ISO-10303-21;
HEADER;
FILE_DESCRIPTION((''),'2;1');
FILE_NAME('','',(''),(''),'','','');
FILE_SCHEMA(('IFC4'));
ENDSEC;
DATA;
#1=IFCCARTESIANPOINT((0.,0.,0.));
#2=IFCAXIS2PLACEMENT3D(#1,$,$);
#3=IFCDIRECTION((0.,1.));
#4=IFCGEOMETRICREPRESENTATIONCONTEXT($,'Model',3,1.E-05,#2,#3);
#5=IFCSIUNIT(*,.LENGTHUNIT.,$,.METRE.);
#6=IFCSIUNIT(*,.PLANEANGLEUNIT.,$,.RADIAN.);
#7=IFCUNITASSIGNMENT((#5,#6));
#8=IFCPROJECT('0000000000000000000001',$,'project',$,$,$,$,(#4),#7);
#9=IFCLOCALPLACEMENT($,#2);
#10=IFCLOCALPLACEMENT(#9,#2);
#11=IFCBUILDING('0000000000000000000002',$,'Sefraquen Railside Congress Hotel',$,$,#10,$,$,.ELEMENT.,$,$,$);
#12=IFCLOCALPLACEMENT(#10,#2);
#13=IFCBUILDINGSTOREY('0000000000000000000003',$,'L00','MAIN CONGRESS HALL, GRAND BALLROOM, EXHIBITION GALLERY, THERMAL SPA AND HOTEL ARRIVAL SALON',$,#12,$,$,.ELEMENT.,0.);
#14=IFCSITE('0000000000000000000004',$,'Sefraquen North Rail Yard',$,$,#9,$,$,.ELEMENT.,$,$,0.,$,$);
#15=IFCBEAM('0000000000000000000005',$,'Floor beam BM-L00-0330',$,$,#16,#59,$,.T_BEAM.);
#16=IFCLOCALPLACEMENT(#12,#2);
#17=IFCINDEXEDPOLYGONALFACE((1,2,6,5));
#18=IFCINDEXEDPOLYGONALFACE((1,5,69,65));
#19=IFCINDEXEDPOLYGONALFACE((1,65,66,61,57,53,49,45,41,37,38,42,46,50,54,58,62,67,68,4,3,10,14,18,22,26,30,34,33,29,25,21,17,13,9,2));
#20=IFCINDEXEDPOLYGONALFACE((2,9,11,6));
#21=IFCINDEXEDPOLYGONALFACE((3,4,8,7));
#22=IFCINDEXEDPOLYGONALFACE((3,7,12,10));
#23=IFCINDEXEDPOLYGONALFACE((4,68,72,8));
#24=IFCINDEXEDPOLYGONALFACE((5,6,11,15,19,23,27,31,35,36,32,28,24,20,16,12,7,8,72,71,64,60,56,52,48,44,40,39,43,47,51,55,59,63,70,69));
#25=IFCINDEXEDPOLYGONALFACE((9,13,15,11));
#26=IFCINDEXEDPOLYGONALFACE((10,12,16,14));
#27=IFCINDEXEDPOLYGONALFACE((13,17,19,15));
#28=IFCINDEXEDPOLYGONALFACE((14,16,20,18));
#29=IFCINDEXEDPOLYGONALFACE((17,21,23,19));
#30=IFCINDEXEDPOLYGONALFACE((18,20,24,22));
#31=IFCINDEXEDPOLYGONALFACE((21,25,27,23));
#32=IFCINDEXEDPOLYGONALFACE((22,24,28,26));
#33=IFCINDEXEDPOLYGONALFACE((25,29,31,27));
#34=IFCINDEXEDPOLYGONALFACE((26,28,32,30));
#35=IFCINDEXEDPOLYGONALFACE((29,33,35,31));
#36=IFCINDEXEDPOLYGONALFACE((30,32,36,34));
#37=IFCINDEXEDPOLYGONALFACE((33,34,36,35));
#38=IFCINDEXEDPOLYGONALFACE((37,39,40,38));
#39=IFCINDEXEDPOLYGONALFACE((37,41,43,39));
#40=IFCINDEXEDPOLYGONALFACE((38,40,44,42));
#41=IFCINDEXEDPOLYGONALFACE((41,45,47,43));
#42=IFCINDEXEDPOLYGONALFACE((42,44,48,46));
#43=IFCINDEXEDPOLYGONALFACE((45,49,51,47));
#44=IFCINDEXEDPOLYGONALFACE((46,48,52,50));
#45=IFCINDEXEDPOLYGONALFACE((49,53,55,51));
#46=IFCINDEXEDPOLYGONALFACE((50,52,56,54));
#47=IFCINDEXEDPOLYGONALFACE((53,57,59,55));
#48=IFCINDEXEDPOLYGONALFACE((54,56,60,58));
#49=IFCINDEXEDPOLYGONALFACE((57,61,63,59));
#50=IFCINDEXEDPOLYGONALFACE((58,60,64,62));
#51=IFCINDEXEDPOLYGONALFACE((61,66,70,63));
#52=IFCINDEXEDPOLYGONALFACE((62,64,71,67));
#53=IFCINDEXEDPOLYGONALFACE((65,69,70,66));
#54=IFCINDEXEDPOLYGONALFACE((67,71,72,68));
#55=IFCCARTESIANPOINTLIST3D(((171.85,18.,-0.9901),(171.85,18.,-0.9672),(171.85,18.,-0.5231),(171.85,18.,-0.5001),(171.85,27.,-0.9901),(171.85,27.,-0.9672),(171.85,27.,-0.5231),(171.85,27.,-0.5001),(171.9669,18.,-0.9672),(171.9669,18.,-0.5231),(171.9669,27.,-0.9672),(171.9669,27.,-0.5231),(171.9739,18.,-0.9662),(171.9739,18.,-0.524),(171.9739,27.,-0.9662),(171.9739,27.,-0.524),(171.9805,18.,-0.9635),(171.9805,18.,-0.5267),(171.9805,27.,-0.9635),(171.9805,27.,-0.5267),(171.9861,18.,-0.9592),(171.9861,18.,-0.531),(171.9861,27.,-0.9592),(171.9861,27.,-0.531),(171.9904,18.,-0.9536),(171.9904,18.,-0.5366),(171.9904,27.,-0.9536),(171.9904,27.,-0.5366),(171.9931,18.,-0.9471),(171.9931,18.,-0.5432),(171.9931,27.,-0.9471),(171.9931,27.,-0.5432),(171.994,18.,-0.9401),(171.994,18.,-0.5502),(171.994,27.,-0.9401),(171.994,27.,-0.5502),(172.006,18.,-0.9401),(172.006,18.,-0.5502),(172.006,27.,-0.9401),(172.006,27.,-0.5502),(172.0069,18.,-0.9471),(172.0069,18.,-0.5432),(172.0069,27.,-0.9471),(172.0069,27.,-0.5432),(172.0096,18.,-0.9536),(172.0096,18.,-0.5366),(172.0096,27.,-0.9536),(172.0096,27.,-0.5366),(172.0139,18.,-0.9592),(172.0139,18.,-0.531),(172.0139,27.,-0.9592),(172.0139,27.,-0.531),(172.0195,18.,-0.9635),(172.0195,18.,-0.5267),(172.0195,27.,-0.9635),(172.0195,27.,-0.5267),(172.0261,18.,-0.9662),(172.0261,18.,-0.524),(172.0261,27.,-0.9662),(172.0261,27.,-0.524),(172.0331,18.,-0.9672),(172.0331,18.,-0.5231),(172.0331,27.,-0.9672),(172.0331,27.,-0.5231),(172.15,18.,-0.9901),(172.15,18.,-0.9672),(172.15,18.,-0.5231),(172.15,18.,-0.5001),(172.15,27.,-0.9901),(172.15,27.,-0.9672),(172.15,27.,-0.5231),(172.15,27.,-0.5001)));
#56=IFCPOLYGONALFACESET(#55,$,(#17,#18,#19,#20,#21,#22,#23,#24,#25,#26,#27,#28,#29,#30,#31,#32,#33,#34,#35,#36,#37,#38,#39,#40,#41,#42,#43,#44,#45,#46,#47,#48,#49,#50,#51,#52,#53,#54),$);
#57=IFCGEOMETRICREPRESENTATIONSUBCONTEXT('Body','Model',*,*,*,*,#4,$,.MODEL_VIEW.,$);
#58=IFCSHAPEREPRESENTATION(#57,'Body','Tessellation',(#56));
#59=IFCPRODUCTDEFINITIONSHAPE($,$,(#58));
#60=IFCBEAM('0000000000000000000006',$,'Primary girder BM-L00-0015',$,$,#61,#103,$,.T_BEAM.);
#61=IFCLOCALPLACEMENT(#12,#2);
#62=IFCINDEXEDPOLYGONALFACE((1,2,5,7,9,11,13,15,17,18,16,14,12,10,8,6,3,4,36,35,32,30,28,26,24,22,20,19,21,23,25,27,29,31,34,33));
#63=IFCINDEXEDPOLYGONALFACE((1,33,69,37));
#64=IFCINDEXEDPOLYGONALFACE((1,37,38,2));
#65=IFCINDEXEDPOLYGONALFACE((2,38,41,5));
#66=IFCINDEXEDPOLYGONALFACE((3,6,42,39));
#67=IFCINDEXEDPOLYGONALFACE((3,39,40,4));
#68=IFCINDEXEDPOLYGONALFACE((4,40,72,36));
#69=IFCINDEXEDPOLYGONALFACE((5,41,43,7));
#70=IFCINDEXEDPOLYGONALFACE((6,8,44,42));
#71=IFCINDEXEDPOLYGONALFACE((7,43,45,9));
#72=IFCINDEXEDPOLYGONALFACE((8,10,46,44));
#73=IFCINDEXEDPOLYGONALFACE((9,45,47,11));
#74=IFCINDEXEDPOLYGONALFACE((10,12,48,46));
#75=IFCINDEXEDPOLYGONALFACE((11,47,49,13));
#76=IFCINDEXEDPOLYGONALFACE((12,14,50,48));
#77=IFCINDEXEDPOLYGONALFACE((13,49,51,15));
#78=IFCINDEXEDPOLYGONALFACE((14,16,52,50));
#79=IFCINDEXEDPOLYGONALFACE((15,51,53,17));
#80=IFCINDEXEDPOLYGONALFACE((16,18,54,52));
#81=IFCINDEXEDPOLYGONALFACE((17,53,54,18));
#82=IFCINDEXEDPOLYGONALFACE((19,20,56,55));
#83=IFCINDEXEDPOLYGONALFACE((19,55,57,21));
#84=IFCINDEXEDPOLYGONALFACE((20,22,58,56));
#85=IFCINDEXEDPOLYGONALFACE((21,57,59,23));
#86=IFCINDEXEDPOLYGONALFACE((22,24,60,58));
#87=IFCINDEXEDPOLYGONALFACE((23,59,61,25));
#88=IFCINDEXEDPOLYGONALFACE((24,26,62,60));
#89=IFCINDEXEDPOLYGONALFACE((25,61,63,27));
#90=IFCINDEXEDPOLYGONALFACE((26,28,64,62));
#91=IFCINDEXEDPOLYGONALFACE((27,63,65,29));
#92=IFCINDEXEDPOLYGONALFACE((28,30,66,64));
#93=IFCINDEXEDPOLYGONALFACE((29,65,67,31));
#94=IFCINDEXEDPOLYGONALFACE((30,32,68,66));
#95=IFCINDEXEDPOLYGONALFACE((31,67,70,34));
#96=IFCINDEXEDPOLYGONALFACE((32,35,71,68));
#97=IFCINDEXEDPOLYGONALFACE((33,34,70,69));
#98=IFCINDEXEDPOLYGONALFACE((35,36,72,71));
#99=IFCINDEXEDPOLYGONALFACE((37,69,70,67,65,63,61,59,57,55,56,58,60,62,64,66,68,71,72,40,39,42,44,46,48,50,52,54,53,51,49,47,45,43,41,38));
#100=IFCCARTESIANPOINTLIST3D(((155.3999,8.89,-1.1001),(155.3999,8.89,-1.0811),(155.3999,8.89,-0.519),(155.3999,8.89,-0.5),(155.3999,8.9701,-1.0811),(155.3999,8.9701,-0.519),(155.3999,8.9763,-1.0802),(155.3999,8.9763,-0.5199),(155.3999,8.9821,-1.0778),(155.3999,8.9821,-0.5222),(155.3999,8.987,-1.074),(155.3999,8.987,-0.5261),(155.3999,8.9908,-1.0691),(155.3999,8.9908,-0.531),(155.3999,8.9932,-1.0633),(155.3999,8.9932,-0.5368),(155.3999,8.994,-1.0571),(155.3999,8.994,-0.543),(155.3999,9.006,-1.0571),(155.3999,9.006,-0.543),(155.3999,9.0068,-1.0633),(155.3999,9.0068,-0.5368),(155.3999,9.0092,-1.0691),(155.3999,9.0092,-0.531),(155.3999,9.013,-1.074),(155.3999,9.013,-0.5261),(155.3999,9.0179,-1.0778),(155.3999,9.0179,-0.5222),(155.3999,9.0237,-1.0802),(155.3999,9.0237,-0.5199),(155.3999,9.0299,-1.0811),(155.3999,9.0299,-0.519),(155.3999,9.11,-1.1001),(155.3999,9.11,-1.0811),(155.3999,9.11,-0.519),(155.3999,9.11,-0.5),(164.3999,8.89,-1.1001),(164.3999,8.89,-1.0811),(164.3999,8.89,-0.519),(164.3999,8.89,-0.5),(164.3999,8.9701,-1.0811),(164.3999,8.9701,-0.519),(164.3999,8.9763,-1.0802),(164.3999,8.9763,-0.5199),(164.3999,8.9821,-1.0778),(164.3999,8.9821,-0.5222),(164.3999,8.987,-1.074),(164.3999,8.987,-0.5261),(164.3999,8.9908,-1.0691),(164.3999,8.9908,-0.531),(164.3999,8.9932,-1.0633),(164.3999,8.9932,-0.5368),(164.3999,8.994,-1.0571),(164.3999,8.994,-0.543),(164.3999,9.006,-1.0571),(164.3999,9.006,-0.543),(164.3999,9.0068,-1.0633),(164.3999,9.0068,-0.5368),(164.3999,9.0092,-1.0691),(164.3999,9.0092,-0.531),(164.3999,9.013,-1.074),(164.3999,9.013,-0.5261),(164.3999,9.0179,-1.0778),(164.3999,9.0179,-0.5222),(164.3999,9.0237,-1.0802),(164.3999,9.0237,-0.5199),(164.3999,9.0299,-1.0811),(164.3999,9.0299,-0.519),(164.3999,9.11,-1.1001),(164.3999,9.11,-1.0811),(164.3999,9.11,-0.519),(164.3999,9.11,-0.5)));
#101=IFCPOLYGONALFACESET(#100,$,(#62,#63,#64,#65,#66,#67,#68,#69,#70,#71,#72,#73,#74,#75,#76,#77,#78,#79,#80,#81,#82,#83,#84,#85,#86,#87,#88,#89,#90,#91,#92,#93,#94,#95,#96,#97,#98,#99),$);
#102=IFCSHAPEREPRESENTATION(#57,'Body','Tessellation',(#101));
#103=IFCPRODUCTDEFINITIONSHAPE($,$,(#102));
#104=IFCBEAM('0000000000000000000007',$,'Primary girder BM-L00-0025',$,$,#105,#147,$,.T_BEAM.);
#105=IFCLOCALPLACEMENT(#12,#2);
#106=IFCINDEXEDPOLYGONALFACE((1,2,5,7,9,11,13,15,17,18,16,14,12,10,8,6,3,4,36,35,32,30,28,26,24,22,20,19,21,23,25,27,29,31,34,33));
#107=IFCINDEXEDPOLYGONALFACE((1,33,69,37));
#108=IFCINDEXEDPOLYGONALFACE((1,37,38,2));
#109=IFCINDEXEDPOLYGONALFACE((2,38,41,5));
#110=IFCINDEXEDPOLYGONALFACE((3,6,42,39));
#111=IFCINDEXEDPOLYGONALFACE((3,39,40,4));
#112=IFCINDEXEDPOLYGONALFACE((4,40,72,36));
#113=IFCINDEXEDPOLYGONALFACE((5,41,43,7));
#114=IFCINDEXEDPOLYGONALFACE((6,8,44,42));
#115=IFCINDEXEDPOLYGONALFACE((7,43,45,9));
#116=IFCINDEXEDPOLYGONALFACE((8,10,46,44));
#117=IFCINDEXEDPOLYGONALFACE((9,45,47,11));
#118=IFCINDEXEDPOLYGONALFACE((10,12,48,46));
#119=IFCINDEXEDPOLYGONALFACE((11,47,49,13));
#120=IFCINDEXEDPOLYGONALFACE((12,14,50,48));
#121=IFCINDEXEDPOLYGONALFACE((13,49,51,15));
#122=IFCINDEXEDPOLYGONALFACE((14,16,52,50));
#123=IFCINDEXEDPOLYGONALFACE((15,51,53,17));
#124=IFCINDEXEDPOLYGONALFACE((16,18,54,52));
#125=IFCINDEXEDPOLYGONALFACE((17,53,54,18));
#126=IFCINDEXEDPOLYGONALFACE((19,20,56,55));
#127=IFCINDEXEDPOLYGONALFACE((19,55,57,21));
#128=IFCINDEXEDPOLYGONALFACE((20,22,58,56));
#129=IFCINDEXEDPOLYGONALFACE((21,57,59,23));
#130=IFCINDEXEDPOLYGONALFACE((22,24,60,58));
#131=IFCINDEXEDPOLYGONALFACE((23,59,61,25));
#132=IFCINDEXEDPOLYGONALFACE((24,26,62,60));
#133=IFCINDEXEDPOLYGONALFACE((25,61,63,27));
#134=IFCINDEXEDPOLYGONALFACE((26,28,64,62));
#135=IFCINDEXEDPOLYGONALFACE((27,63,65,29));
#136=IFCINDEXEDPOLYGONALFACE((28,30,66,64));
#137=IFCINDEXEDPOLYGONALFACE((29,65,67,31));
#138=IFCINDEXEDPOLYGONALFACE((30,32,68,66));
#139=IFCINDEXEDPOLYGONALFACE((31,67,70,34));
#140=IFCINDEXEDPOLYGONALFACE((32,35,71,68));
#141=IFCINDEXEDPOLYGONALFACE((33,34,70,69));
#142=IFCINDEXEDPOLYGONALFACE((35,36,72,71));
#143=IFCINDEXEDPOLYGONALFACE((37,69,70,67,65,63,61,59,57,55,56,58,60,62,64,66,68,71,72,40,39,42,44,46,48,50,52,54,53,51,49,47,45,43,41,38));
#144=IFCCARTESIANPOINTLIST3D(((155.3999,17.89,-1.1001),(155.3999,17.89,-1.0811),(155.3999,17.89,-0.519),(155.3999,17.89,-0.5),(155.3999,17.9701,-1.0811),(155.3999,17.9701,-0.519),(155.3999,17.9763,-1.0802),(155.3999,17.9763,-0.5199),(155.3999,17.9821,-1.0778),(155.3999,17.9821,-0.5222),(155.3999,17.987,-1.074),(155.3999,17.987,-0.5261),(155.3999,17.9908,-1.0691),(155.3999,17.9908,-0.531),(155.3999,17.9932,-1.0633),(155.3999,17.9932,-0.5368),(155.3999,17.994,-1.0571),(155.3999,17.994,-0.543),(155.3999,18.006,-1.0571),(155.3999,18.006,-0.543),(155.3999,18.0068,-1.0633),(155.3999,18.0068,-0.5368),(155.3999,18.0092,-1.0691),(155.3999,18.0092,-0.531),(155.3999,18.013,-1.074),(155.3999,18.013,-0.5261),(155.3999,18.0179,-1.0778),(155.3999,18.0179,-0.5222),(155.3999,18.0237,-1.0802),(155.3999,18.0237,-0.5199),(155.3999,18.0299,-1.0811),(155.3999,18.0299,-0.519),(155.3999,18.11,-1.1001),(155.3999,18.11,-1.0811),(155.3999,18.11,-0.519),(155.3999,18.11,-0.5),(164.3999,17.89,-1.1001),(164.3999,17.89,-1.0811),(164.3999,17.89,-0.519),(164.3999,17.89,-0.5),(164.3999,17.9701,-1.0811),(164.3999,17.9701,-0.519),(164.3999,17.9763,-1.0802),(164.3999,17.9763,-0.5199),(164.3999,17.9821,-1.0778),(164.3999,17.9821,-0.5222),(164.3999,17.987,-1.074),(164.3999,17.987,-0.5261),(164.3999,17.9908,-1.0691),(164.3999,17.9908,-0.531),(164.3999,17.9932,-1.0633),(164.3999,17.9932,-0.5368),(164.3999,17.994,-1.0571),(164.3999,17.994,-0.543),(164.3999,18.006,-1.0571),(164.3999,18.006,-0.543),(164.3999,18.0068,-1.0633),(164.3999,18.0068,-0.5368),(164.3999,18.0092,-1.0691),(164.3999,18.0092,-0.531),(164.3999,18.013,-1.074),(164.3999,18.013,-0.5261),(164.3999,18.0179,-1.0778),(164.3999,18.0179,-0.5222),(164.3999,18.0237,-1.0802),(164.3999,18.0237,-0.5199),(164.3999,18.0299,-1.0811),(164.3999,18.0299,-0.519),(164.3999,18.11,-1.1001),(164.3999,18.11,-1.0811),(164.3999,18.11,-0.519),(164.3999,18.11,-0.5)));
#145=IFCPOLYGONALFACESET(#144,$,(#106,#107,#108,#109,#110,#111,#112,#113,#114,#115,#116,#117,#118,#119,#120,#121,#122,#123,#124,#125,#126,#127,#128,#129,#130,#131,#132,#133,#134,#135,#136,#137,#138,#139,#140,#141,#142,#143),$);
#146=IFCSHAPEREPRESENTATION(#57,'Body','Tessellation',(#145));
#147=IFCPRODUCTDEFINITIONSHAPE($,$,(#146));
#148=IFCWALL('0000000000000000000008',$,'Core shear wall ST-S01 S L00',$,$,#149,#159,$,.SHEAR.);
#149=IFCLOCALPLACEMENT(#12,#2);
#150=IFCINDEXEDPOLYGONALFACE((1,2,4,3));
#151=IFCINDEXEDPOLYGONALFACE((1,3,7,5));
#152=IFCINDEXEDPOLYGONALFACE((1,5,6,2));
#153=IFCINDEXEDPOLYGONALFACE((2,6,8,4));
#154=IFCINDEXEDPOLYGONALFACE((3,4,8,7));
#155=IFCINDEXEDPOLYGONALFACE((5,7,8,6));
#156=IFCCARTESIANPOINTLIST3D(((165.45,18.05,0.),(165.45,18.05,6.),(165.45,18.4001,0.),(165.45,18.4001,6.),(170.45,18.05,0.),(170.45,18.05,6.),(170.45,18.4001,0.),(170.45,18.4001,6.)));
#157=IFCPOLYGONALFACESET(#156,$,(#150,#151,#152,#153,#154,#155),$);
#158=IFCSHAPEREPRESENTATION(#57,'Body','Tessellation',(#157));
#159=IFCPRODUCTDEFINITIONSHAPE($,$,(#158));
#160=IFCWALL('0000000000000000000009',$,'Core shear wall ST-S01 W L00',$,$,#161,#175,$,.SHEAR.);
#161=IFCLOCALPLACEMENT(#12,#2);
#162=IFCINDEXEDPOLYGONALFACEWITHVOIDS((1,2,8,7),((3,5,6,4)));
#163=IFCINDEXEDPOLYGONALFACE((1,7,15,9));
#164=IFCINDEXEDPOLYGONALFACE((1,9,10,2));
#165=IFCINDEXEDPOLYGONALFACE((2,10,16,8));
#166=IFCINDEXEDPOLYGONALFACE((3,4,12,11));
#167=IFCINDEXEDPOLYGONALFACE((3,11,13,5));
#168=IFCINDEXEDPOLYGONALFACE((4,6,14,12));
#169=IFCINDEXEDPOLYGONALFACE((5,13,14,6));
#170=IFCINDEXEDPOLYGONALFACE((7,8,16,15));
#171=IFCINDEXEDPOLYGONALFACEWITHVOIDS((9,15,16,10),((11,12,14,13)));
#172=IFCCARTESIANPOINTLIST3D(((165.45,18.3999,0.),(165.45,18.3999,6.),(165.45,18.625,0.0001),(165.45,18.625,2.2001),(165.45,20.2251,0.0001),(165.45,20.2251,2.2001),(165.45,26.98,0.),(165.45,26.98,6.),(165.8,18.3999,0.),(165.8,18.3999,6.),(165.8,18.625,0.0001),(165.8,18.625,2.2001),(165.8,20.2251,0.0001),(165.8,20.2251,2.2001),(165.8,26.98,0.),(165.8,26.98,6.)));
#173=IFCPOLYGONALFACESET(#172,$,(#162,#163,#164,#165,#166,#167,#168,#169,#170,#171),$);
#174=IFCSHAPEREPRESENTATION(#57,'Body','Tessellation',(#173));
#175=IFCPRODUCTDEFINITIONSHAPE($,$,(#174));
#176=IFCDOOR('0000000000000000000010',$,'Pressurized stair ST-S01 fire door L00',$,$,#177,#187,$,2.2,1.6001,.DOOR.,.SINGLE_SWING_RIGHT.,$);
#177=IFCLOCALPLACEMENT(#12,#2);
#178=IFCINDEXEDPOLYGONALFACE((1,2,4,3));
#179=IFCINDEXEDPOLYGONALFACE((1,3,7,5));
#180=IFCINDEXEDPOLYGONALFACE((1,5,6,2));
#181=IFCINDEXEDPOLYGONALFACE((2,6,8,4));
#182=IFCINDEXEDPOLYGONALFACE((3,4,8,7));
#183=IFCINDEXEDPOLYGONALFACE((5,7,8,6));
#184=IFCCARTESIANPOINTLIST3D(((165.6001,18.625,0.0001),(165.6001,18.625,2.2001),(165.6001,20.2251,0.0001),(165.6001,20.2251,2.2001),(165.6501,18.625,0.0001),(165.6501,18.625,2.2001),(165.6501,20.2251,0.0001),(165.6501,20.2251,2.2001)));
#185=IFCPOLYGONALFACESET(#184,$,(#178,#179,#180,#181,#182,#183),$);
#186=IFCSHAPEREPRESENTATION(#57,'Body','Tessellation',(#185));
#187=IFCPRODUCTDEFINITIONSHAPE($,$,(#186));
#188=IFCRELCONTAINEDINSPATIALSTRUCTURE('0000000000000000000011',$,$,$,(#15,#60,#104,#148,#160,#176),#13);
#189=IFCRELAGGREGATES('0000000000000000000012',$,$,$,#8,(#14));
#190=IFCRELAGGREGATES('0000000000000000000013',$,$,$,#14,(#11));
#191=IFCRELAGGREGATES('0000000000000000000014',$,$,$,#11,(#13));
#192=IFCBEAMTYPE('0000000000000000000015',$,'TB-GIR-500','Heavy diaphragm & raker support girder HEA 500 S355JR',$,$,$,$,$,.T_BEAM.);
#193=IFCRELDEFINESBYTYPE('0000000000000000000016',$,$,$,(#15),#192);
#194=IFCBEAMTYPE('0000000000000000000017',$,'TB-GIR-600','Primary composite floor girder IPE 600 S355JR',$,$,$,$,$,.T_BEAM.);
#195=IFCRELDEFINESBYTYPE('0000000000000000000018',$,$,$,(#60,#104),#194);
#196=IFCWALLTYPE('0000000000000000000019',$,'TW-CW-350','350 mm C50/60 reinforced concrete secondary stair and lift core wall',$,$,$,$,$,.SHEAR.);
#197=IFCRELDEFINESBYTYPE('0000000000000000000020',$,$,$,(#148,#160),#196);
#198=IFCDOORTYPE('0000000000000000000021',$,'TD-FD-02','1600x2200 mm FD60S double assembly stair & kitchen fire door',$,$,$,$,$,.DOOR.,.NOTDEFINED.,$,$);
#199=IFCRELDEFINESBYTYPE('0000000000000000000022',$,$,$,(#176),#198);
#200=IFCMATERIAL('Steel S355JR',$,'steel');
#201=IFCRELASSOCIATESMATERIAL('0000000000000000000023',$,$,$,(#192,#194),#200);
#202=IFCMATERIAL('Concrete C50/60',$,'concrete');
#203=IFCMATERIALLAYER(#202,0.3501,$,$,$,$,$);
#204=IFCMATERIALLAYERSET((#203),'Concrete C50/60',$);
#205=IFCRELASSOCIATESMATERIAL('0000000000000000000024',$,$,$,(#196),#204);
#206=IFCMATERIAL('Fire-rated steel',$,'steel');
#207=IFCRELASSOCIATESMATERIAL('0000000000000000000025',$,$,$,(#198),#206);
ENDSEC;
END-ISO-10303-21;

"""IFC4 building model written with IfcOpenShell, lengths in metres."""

from ifc_helpers import new_model, si_unit, direction, frame, frame_2d, origin, origin_2d, place, context, subcontext, project, spatial, rectangle, i_section, extrude, material, layer, layer_set, material_profile, profile_set, type_object, element, fill, save


model = new_model("IFC4")

# Units and contexts
model_context = context("Model", 3, precision=1e-05, world=origin(), true_north=direction((0.0, 1.0)))
body_context = subcontext(model_context, "Body", "Model", "MODEL_VIEW")
ifc_project = project(units=[si_unit("LENGTHUNIT", "METRE"), si_unit("PLANEANGLEUNIT", "RADIAN")], contexts=[model_context])

# Site, building, storey
site_placement = place(None, origin())
site = spatial("IfcSite", under=ifc_project, at=site_placement, Name="Sefraquen North Rail Yard", CompositionType="ELEMENT", RefElevation=0.0)
building_placement = place(site_placement, origin())
building = spatial("IfcBuilding", under=site, at=building_placement, Name="Sefraquen Railside Congress Hotel", CompositionType="ELEMENT")
storey_placement = place(building_placement, origin())
storey = spatial("IfcBuildingStorey", under=building, at=storey_placement, Name="L00", Description="MAIN CONGRESS HALL, GRAND BALLROOM, EXHIBITION GALLERY, THERMAL SPA AND HOTEL ARRIVAL SALON", CompositionType="ELEMENT", Elevation=0.0)

# Shared definitions
ifc_material_1 = material(Name="Steel S355JR", Category="steel")

# Beams
ifc_material_profile_1 = material_profile(ifc_material_1, i_section(OverallWidth=0.3, OverallDepth=0.49, WebThickness=0.012, FlangeThickness=0.0229, FilletRadius=0.0271, at=origin_2d()), Name="HEA 500")
ifc_profile_set_1 = profile_set([ifc_material_profile_1], Name="Steel S355JR")
beam_type_1 = type_object("IfcBeamType", Name="TB-GIR-500", Description="Heavy diaphragm & raker support girder HEA 500 S355JR", PredefinedType="T_BEAM", material=ifc_profile_set_1)
for number, where, z_axis, x_axis, name in (
    (1, (172.0, 18.0, -0.7451), (0.0, 1.0, 0.0), (-1.0, 0.0, 0.0), "Floor beam BM-L00-0330"),
):
    element("IfcBeam", number, at=place(storey_placement, frame(where, z_axis=z_axis, x_axis=x_axis)), inside=storey, type_object=beam_type_1, Name=name, PredefinedType="T_BEAM", context=body_context, shape_type="SweptSolid", body=[
        extrude(i_section(OverallWidth=0.3, OverallDepth=0.49, WebThickness=0.012, FlangeThickness=0.0229, FilletRadius=0.0271, at=origin_2d()), origin(), (0.0, 0.0, 1.0), 9.0),
    ])
ifc_material_profile_2 = material_profile(ifc_material_1, i_section(OverallWidth=0.22, OverallDepth=0.6001, WebThickness=0.012, FlangeThickness=0.019, FilletRadius=0.0239, at=origin_2d()), Name="IPE 600")
ifc_profile_set_2 = profile_set([ifc_material_profile_2], Name="Steel S355JR")
beam_type_2 = type_object("IfcBeamType", Name="TB-GIR-600", Description="Primary composite floor girder IPE 600 S355JR", PredefinedType="T_BEAM", material=ifc_profile_set_2)
for number, where, z_axis, x_axis, name in (
    (2, (155.3999, 9.0, -0.8), (1.0, 0.0, 0.0), (0.0, 1.0, 0.0), "Primary girder BM-L00-0015"),
    (3, (155.3999, 18.0, -0.8), (1.0, 0.0, 0.0), (0.0, 1.0, 0.0), "Primary girder BM-L00-0025"),
):
    element("IfcBeam", number, at=place(storey_placement, frame(where, z_axis=z_axis, x_axis=x_axis)), inside=storey, type_object=beam_type_2, Name=name, PredefinedType="T_BEAM", context=body_context, shape_type="SweptSolid", body=[
        extrude(i_section(OverallWidth=0.22, OverallDepth=0.6001, WebThickness=0.012, FlangeThickness=0.019, FilletRadius=0.0239, at=origin_2d()), origin(), (0.0, 0.0, 1.0), 9.0),
    ])

# Wall
ifc_material_2 = material(Name="Concrete C50/60", Category="concrete")
ifc_layer_1 = layer(ifc_material_2, 0.3501)
ifc_layer_set_1 = layer_set([ifc_layer_1], Name="Concrete C50/60")
wall_type_1 = type_object("IfcWallType", Name="TW-CW-350", Description="350 mm C50/60 reinforced concrete secondary stair and lift core wall", PredefinedType="SHEAR", material=ifc_layer_set_1)
wall_1_placement = place(storey_placement, frame((165.45, 18.2251, 0.0), z_axis=(0.0, 0.0, 1.0), x_axis=(1.0, 0.0, 0.0)))
element("IfcWall", 4, at=wall_1_placement, inside=storey, type_object=wall_type_1, Name="Core shear wall ST-S01 S L00", PredefinedType="SHEAR", context=body_context, shape_type="SweptSolid", body=[
    extrude(rectangle(XDim=5.0, YDim=0.3501, at=frame_2d((2.5, 0.0))), origin(), (0.0, 0.0, 1.0), 6.0),
])

# Wall, opening, door
wall_2_placement = place(storey_placement, frame((165.625, 18.3999, 0.0), z_axis=(0.0, 0.0, 1.0), x_axis=(0.0, 1.0, 0.0)))
wall_2 = element("IfcWall", 5, at=wall_2_placement, inside=storey, type_object=wall_type_1, Name="Core shear wall ST-S01 W L00", PredefinedType="SHEAR", context=body_context, shape_type="SweptSolid", body=[
    extrude(rectangle(XDim=8.5801, YDim=0.3501, at=frame_2d((4.29, 0.0))), origin(), (0.0, 0.0, 1.0), 6.0),
])
opening_1_placement = place(wall_2_placement, frame((0.2251, 0.0, 0.0)))
opening_1 = element("IfcOpeningElement", 6, at=opening_1_placement, cuts=wall_2, PredefinedType="OPENING", context=body_context, shape_type="SweptSolid", body=[
    extrude(rectangle(XDim=1.6001, YDim=2.2, at=frame_2d((0.8, 1.1001))), frame((0.0, 0.1851, 0.0), z_axis=(0.0, -1.0, 0.0), x_axis=(1.0, 0.0, 0.0)), (0.0, 0.0, 1.0), 0.3701),
])
ifc_material_3 = material(Name="Fire-rated steel", Category="steel")
door_type_1 = type_object("IfcDoorType", Name="TD-FD-02", Description="1600x2200 mm FD60S double assembly stair & kitchen fire door", OperationType="NOTDEFINED", PredefinedType="DOOR", material=ifc_material_3)
door_1_placement = place(opening_1_placement, origin())
door_1 = element("IfcDoor", 7, at=door_1_placement, inside=storey, type_object=door_type_1, Name="Pressurized stair ST-S01 fire door L00", OperationType="SINGLE_SWING_RIGHT", OverallHeight=2.2, OverallWidth=1.6001, PredefinedType="DOOR", context=body_context, shape_type="SweptSolid", body=[
    extrude(rectangle(XDim=1.6001, YDim=2.2, at=frame_2d((0.8, 1.1001))), frame((0.0, 0.0249, 0.0), z_axis=(0.0, -1.0, 0.0), x_axis=(1.0, 0.0, 0.0)), (0.0, 0.0, 1.0), 0.05),
])
fill(opening_1, door_1)

save(model, "model.ifc")
